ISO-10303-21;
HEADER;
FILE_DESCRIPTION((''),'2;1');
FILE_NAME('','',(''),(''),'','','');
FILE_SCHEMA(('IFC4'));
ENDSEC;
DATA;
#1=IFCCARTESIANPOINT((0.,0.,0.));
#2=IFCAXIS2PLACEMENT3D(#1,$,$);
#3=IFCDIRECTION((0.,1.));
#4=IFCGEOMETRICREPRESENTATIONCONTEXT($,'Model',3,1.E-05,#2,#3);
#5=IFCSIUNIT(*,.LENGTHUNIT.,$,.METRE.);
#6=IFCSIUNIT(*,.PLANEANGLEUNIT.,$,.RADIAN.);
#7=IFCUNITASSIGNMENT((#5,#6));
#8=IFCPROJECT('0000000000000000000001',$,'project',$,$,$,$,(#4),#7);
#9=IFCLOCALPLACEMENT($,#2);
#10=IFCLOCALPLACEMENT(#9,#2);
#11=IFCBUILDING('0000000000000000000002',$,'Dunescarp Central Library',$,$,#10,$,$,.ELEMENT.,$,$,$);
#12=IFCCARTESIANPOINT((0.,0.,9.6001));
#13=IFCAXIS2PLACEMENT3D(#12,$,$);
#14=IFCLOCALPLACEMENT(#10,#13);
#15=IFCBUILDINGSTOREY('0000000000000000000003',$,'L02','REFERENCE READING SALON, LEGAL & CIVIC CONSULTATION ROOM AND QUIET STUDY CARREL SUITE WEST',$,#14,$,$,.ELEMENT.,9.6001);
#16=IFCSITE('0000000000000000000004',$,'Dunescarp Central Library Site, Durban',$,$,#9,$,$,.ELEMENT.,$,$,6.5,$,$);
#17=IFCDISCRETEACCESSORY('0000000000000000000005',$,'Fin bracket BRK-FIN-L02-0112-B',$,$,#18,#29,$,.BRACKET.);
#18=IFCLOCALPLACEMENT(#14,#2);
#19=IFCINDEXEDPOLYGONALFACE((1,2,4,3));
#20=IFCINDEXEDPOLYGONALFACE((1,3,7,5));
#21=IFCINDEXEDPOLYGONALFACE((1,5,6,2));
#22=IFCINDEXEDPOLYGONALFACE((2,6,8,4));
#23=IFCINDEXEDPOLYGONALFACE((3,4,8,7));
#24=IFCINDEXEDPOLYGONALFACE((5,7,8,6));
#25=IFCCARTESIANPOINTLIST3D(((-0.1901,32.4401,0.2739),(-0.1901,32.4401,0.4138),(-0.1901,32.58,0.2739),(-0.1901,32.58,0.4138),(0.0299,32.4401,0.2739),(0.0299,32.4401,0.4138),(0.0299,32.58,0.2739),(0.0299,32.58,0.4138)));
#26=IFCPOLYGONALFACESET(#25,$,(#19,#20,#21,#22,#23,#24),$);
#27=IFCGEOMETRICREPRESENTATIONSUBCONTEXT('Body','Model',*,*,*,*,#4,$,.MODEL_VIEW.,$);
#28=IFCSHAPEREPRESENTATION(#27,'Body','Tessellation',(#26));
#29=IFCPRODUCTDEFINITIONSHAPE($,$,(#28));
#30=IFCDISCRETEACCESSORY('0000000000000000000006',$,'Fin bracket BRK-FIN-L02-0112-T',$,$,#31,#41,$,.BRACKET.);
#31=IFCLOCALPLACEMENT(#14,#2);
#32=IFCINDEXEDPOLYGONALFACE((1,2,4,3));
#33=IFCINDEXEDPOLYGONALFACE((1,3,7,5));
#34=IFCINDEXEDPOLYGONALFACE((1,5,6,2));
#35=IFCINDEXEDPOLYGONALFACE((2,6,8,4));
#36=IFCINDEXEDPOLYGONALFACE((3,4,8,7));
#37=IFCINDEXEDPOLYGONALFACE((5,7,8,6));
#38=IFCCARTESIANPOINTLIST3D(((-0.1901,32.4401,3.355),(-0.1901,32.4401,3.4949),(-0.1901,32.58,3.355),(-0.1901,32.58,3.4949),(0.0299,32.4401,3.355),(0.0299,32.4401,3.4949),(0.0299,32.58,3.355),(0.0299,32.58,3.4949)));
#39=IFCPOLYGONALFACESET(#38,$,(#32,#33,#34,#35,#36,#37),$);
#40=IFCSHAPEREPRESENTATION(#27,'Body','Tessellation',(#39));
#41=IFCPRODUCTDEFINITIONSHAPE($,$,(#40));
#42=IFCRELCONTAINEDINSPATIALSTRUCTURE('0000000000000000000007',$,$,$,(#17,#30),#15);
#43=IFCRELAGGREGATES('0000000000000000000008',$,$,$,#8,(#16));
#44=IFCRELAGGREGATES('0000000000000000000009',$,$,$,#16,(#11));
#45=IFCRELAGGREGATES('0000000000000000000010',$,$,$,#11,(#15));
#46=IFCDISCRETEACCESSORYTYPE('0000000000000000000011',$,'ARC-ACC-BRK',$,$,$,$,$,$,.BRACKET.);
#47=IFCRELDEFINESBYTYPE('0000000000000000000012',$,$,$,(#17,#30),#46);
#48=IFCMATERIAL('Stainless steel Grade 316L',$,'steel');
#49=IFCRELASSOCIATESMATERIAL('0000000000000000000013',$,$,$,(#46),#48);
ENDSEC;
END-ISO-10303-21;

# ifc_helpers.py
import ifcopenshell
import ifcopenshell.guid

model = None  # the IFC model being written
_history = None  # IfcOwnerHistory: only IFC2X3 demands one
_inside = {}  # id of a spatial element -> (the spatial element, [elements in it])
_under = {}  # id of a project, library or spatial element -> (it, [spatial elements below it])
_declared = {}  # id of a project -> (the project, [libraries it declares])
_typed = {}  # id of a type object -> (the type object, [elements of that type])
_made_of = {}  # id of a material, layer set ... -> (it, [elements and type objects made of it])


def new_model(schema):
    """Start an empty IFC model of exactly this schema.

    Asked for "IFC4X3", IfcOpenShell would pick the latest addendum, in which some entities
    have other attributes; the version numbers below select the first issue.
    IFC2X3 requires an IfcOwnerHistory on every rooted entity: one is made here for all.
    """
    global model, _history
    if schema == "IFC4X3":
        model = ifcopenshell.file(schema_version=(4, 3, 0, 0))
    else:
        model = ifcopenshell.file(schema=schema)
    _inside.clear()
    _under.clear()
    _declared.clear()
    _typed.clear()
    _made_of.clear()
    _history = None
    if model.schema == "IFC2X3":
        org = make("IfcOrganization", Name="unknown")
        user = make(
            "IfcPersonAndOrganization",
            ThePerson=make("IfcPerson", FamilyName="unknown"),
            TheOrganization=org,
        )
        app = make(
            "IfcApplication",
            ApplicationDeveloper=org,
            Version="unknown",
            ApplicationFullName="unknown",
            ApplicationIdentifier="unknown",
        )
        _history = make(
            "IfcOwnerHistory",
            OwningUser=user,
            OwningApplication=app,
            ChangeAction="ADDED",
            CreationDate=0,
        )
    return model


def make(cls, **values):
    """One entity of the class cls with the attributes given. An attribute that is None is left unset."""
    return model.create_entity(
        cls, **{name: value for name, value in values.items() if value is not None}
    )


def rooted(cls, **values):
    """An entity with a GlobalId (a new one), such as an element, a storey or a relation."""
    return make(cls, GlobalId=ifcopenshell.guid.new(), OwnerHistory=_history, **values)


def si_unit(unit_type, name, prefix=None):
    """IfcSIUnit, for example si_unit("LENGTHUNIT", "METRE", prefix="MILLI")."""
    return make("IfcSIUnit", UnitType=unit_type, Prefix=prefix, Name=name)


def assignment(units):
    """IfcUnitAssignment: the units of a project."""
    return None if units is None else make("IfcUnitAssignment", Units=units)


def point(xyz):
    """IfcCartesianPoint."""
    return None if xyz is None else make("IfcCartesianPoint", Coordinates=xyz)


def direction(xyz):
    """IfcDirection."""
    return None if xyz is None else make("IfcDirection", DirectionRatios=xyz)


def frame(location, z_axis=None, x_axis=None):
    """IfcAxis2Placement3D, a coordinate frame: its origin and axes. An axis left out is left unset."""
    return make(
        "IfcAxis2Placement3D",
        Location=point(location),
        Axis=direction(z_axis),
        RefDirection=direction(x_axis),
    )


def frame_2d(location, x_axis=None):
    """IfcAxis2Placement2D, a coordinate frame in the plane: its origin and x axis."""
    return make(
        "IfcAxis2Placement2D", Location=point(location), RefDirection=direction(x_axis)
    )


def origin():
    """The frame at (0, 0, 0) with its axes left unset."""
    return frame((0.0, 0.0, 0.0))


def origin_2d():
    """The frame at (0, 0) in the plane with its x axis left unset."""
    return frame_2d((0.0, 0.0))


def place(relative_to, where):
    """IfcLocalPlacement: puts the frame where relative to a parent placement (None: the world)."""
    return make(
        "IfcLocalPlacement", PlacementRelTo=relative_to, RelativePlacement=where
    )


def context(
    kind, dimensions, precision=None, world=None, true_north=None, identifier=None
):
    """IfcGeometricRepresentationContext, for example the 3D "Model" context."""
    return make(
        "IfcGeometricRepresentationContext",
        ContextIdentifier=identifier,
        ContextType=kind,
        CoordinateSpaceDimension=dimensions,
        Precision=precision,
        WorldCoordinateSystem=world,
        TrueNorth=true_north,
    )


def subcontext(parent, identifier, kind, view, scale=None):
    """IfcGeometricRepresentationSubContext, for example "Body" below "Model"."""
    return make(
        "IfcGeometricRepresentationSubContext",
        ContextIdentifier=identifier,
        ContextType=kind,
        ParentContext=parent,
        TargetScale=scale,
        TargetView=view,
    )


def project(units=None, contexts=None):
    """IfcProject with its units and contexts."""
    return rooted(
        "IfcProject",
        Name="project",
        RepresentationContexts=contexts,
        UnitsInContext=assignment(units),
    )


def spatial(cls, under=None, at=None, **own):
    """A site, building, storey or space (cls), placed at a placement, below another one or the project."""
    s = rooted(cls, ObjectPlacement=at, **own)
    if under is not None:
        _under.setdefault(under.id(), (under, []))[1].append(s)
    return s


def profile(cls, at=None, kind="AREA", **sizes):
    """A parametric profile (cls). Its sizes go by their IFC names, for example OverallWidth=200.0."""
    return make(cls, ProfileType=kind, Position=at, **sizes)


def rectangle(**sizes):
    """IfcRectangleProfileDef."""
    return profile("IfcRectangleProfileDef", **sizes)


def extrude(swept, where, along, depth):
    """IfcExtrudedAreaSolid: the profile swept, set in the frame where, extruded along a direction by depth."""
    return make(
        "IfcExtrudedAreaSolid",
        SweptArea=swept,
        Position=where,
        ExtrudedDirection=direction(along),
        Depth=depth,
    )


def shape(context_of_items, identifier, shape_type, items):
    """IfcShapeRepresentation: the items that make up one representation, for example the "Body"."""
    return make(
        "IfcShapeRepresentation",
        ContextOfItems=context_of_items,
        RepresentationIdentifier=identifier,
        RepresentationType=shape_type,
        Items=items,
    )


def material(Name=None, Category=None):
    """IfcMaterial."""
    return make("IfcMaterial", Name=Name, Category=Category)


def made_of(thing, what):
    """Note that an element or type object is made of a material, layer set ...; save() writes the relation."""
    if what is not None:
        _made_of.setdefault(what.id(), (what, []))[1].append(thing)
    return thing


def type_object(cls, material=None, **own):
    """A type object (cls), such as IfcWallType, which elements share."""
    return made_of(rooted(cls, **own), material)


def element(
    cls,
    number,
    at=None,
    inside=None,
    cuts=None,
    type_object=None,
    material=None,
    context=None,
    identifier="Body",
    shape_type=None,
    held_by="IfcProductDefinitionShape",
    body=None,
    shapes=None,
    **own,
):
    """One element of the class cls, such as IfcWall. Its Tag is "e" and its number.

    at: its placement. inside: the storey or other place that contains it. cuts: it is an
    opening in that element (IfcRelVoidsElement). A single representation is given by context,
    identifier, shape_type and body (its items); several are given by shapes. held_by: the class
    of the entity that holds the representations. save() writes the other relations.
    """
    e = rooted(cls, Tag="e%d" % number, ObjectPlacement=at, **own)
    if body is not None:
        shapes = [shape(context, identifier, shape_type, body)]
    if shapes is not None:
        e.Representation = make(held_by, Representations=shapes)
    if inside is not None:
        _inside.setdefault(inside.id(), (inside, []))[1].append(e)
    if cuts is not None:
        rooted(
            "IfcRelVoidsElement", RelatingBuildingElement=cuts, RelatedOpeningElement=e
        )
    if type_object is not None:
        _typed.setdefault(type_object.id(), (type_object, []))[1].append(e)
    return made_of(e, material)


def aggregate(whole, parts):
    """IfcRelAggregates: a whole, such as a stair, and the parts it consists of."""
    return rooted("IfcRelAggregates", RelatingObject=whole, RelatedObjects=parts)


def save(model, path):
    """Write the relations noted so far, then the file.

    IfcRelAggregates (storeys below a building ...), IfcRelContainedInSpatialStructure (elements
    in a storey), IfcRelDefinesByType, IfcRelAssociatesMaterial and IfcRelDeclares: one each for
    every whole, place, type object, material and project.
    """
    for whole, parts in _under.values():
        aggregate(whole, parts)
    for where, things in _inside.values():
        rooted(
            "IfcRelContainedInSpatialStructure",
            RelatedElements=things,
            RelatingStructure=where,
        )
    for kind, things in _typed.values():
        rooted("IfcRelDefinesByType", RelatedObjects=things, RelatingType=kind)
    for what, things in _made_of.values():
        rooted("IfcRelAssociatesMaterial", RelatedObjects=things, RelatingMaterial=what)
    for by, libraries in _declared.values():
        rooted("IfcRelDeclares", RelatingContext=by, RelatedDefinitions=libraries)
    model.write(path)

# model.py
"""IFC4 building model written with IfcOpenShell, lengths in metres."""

from ifc_helpers import new_model, si_unit, direction, frame, origin, origin_2d, place, context, subcontext, project, spatial, rectangle, extrude, material, type_object, element, save


model = new_model("IFC4")

# Units and contexts
model_context = context("Model", 3, precision=1e-05, world=origin(), true_north=direction((0.0, 1.0)))
body_context = subcontext(model_context, "Body", "Model", "MODEL_VIEW")
ifc_project = project(units=[si_unit("LENGTHUNIT", "METRE"), si_unit("PLANEANGLEUNIT", "RADIAN")], contexts=[model_context])

# Site, building, storey
site_placement = place(None, origin())
site = spatial("IfcSite", under=ifc_project, at=site_placement, Name="Dunescarp Central Library Site, Durban", CompositionType="ELEMENT", RefElevation=6.5)
building_placement = place(site_placement, origin())
building = spatial("IfcBuilding", under=site, at=building_placement, Name="Dunescarp Central Library", CompositionType="ELEMENT")
storey_placement = place(building_placement, frame((0.0, 0.0, 9.6001)))
storey = spatial("IfcBuildingStorey", under=building, at=storey_placement, Name="L02", Description="REFERENCE READING SALON, LEGAL & CIVIC CONSULTATION ROOM AND QUIET STUDY CARREL SUITE WEST", CompositionType="ELEMENT", Elevation=9.6001)

# Discrete accessories
ifc_material_1 = material(Name="Stainless steel Grade 316L", Category="steel")
discrete_accessory_type = type_object("IfcDiscreteAccessoryType", Name="ARC-ACC-BRK", PredefinedType="BRACKET", material=ifc_material_1)
for number, where, z_axis, x_axis, name in (
    (1, (-0.0801, 32.51, 0.2739), (0.0, 0.0, 1.0), (-1.0, 0.0, 0.0), "Fin bracket BRK-FIN-L02-0112-B"),
    (2, (-0.0801, 32.51, 3.355), (0.0, 0.0, 1.0), (-1.0, 0.0, 0.0), "Fin bracket BRK-FIN-L02-0112-T"),
):
    element("IfcDiscreteAccessory", number, at=place(storey_placement, frame(where, z_axis=z_axis, x_axis=x_axis)), inside=storey, type_object=discrete_accessory_type, Name=name, PredefinedType="BRACKET", context=body_context, shape_type="SweptSolid", body=[
        extrude(rectangle(XDim=0.22, YDim=0.1399, at=origin_2d()), origin(), (0.0, 0.0, 1.0), 0.1399),
    ])

save(model, "model.ifc")
